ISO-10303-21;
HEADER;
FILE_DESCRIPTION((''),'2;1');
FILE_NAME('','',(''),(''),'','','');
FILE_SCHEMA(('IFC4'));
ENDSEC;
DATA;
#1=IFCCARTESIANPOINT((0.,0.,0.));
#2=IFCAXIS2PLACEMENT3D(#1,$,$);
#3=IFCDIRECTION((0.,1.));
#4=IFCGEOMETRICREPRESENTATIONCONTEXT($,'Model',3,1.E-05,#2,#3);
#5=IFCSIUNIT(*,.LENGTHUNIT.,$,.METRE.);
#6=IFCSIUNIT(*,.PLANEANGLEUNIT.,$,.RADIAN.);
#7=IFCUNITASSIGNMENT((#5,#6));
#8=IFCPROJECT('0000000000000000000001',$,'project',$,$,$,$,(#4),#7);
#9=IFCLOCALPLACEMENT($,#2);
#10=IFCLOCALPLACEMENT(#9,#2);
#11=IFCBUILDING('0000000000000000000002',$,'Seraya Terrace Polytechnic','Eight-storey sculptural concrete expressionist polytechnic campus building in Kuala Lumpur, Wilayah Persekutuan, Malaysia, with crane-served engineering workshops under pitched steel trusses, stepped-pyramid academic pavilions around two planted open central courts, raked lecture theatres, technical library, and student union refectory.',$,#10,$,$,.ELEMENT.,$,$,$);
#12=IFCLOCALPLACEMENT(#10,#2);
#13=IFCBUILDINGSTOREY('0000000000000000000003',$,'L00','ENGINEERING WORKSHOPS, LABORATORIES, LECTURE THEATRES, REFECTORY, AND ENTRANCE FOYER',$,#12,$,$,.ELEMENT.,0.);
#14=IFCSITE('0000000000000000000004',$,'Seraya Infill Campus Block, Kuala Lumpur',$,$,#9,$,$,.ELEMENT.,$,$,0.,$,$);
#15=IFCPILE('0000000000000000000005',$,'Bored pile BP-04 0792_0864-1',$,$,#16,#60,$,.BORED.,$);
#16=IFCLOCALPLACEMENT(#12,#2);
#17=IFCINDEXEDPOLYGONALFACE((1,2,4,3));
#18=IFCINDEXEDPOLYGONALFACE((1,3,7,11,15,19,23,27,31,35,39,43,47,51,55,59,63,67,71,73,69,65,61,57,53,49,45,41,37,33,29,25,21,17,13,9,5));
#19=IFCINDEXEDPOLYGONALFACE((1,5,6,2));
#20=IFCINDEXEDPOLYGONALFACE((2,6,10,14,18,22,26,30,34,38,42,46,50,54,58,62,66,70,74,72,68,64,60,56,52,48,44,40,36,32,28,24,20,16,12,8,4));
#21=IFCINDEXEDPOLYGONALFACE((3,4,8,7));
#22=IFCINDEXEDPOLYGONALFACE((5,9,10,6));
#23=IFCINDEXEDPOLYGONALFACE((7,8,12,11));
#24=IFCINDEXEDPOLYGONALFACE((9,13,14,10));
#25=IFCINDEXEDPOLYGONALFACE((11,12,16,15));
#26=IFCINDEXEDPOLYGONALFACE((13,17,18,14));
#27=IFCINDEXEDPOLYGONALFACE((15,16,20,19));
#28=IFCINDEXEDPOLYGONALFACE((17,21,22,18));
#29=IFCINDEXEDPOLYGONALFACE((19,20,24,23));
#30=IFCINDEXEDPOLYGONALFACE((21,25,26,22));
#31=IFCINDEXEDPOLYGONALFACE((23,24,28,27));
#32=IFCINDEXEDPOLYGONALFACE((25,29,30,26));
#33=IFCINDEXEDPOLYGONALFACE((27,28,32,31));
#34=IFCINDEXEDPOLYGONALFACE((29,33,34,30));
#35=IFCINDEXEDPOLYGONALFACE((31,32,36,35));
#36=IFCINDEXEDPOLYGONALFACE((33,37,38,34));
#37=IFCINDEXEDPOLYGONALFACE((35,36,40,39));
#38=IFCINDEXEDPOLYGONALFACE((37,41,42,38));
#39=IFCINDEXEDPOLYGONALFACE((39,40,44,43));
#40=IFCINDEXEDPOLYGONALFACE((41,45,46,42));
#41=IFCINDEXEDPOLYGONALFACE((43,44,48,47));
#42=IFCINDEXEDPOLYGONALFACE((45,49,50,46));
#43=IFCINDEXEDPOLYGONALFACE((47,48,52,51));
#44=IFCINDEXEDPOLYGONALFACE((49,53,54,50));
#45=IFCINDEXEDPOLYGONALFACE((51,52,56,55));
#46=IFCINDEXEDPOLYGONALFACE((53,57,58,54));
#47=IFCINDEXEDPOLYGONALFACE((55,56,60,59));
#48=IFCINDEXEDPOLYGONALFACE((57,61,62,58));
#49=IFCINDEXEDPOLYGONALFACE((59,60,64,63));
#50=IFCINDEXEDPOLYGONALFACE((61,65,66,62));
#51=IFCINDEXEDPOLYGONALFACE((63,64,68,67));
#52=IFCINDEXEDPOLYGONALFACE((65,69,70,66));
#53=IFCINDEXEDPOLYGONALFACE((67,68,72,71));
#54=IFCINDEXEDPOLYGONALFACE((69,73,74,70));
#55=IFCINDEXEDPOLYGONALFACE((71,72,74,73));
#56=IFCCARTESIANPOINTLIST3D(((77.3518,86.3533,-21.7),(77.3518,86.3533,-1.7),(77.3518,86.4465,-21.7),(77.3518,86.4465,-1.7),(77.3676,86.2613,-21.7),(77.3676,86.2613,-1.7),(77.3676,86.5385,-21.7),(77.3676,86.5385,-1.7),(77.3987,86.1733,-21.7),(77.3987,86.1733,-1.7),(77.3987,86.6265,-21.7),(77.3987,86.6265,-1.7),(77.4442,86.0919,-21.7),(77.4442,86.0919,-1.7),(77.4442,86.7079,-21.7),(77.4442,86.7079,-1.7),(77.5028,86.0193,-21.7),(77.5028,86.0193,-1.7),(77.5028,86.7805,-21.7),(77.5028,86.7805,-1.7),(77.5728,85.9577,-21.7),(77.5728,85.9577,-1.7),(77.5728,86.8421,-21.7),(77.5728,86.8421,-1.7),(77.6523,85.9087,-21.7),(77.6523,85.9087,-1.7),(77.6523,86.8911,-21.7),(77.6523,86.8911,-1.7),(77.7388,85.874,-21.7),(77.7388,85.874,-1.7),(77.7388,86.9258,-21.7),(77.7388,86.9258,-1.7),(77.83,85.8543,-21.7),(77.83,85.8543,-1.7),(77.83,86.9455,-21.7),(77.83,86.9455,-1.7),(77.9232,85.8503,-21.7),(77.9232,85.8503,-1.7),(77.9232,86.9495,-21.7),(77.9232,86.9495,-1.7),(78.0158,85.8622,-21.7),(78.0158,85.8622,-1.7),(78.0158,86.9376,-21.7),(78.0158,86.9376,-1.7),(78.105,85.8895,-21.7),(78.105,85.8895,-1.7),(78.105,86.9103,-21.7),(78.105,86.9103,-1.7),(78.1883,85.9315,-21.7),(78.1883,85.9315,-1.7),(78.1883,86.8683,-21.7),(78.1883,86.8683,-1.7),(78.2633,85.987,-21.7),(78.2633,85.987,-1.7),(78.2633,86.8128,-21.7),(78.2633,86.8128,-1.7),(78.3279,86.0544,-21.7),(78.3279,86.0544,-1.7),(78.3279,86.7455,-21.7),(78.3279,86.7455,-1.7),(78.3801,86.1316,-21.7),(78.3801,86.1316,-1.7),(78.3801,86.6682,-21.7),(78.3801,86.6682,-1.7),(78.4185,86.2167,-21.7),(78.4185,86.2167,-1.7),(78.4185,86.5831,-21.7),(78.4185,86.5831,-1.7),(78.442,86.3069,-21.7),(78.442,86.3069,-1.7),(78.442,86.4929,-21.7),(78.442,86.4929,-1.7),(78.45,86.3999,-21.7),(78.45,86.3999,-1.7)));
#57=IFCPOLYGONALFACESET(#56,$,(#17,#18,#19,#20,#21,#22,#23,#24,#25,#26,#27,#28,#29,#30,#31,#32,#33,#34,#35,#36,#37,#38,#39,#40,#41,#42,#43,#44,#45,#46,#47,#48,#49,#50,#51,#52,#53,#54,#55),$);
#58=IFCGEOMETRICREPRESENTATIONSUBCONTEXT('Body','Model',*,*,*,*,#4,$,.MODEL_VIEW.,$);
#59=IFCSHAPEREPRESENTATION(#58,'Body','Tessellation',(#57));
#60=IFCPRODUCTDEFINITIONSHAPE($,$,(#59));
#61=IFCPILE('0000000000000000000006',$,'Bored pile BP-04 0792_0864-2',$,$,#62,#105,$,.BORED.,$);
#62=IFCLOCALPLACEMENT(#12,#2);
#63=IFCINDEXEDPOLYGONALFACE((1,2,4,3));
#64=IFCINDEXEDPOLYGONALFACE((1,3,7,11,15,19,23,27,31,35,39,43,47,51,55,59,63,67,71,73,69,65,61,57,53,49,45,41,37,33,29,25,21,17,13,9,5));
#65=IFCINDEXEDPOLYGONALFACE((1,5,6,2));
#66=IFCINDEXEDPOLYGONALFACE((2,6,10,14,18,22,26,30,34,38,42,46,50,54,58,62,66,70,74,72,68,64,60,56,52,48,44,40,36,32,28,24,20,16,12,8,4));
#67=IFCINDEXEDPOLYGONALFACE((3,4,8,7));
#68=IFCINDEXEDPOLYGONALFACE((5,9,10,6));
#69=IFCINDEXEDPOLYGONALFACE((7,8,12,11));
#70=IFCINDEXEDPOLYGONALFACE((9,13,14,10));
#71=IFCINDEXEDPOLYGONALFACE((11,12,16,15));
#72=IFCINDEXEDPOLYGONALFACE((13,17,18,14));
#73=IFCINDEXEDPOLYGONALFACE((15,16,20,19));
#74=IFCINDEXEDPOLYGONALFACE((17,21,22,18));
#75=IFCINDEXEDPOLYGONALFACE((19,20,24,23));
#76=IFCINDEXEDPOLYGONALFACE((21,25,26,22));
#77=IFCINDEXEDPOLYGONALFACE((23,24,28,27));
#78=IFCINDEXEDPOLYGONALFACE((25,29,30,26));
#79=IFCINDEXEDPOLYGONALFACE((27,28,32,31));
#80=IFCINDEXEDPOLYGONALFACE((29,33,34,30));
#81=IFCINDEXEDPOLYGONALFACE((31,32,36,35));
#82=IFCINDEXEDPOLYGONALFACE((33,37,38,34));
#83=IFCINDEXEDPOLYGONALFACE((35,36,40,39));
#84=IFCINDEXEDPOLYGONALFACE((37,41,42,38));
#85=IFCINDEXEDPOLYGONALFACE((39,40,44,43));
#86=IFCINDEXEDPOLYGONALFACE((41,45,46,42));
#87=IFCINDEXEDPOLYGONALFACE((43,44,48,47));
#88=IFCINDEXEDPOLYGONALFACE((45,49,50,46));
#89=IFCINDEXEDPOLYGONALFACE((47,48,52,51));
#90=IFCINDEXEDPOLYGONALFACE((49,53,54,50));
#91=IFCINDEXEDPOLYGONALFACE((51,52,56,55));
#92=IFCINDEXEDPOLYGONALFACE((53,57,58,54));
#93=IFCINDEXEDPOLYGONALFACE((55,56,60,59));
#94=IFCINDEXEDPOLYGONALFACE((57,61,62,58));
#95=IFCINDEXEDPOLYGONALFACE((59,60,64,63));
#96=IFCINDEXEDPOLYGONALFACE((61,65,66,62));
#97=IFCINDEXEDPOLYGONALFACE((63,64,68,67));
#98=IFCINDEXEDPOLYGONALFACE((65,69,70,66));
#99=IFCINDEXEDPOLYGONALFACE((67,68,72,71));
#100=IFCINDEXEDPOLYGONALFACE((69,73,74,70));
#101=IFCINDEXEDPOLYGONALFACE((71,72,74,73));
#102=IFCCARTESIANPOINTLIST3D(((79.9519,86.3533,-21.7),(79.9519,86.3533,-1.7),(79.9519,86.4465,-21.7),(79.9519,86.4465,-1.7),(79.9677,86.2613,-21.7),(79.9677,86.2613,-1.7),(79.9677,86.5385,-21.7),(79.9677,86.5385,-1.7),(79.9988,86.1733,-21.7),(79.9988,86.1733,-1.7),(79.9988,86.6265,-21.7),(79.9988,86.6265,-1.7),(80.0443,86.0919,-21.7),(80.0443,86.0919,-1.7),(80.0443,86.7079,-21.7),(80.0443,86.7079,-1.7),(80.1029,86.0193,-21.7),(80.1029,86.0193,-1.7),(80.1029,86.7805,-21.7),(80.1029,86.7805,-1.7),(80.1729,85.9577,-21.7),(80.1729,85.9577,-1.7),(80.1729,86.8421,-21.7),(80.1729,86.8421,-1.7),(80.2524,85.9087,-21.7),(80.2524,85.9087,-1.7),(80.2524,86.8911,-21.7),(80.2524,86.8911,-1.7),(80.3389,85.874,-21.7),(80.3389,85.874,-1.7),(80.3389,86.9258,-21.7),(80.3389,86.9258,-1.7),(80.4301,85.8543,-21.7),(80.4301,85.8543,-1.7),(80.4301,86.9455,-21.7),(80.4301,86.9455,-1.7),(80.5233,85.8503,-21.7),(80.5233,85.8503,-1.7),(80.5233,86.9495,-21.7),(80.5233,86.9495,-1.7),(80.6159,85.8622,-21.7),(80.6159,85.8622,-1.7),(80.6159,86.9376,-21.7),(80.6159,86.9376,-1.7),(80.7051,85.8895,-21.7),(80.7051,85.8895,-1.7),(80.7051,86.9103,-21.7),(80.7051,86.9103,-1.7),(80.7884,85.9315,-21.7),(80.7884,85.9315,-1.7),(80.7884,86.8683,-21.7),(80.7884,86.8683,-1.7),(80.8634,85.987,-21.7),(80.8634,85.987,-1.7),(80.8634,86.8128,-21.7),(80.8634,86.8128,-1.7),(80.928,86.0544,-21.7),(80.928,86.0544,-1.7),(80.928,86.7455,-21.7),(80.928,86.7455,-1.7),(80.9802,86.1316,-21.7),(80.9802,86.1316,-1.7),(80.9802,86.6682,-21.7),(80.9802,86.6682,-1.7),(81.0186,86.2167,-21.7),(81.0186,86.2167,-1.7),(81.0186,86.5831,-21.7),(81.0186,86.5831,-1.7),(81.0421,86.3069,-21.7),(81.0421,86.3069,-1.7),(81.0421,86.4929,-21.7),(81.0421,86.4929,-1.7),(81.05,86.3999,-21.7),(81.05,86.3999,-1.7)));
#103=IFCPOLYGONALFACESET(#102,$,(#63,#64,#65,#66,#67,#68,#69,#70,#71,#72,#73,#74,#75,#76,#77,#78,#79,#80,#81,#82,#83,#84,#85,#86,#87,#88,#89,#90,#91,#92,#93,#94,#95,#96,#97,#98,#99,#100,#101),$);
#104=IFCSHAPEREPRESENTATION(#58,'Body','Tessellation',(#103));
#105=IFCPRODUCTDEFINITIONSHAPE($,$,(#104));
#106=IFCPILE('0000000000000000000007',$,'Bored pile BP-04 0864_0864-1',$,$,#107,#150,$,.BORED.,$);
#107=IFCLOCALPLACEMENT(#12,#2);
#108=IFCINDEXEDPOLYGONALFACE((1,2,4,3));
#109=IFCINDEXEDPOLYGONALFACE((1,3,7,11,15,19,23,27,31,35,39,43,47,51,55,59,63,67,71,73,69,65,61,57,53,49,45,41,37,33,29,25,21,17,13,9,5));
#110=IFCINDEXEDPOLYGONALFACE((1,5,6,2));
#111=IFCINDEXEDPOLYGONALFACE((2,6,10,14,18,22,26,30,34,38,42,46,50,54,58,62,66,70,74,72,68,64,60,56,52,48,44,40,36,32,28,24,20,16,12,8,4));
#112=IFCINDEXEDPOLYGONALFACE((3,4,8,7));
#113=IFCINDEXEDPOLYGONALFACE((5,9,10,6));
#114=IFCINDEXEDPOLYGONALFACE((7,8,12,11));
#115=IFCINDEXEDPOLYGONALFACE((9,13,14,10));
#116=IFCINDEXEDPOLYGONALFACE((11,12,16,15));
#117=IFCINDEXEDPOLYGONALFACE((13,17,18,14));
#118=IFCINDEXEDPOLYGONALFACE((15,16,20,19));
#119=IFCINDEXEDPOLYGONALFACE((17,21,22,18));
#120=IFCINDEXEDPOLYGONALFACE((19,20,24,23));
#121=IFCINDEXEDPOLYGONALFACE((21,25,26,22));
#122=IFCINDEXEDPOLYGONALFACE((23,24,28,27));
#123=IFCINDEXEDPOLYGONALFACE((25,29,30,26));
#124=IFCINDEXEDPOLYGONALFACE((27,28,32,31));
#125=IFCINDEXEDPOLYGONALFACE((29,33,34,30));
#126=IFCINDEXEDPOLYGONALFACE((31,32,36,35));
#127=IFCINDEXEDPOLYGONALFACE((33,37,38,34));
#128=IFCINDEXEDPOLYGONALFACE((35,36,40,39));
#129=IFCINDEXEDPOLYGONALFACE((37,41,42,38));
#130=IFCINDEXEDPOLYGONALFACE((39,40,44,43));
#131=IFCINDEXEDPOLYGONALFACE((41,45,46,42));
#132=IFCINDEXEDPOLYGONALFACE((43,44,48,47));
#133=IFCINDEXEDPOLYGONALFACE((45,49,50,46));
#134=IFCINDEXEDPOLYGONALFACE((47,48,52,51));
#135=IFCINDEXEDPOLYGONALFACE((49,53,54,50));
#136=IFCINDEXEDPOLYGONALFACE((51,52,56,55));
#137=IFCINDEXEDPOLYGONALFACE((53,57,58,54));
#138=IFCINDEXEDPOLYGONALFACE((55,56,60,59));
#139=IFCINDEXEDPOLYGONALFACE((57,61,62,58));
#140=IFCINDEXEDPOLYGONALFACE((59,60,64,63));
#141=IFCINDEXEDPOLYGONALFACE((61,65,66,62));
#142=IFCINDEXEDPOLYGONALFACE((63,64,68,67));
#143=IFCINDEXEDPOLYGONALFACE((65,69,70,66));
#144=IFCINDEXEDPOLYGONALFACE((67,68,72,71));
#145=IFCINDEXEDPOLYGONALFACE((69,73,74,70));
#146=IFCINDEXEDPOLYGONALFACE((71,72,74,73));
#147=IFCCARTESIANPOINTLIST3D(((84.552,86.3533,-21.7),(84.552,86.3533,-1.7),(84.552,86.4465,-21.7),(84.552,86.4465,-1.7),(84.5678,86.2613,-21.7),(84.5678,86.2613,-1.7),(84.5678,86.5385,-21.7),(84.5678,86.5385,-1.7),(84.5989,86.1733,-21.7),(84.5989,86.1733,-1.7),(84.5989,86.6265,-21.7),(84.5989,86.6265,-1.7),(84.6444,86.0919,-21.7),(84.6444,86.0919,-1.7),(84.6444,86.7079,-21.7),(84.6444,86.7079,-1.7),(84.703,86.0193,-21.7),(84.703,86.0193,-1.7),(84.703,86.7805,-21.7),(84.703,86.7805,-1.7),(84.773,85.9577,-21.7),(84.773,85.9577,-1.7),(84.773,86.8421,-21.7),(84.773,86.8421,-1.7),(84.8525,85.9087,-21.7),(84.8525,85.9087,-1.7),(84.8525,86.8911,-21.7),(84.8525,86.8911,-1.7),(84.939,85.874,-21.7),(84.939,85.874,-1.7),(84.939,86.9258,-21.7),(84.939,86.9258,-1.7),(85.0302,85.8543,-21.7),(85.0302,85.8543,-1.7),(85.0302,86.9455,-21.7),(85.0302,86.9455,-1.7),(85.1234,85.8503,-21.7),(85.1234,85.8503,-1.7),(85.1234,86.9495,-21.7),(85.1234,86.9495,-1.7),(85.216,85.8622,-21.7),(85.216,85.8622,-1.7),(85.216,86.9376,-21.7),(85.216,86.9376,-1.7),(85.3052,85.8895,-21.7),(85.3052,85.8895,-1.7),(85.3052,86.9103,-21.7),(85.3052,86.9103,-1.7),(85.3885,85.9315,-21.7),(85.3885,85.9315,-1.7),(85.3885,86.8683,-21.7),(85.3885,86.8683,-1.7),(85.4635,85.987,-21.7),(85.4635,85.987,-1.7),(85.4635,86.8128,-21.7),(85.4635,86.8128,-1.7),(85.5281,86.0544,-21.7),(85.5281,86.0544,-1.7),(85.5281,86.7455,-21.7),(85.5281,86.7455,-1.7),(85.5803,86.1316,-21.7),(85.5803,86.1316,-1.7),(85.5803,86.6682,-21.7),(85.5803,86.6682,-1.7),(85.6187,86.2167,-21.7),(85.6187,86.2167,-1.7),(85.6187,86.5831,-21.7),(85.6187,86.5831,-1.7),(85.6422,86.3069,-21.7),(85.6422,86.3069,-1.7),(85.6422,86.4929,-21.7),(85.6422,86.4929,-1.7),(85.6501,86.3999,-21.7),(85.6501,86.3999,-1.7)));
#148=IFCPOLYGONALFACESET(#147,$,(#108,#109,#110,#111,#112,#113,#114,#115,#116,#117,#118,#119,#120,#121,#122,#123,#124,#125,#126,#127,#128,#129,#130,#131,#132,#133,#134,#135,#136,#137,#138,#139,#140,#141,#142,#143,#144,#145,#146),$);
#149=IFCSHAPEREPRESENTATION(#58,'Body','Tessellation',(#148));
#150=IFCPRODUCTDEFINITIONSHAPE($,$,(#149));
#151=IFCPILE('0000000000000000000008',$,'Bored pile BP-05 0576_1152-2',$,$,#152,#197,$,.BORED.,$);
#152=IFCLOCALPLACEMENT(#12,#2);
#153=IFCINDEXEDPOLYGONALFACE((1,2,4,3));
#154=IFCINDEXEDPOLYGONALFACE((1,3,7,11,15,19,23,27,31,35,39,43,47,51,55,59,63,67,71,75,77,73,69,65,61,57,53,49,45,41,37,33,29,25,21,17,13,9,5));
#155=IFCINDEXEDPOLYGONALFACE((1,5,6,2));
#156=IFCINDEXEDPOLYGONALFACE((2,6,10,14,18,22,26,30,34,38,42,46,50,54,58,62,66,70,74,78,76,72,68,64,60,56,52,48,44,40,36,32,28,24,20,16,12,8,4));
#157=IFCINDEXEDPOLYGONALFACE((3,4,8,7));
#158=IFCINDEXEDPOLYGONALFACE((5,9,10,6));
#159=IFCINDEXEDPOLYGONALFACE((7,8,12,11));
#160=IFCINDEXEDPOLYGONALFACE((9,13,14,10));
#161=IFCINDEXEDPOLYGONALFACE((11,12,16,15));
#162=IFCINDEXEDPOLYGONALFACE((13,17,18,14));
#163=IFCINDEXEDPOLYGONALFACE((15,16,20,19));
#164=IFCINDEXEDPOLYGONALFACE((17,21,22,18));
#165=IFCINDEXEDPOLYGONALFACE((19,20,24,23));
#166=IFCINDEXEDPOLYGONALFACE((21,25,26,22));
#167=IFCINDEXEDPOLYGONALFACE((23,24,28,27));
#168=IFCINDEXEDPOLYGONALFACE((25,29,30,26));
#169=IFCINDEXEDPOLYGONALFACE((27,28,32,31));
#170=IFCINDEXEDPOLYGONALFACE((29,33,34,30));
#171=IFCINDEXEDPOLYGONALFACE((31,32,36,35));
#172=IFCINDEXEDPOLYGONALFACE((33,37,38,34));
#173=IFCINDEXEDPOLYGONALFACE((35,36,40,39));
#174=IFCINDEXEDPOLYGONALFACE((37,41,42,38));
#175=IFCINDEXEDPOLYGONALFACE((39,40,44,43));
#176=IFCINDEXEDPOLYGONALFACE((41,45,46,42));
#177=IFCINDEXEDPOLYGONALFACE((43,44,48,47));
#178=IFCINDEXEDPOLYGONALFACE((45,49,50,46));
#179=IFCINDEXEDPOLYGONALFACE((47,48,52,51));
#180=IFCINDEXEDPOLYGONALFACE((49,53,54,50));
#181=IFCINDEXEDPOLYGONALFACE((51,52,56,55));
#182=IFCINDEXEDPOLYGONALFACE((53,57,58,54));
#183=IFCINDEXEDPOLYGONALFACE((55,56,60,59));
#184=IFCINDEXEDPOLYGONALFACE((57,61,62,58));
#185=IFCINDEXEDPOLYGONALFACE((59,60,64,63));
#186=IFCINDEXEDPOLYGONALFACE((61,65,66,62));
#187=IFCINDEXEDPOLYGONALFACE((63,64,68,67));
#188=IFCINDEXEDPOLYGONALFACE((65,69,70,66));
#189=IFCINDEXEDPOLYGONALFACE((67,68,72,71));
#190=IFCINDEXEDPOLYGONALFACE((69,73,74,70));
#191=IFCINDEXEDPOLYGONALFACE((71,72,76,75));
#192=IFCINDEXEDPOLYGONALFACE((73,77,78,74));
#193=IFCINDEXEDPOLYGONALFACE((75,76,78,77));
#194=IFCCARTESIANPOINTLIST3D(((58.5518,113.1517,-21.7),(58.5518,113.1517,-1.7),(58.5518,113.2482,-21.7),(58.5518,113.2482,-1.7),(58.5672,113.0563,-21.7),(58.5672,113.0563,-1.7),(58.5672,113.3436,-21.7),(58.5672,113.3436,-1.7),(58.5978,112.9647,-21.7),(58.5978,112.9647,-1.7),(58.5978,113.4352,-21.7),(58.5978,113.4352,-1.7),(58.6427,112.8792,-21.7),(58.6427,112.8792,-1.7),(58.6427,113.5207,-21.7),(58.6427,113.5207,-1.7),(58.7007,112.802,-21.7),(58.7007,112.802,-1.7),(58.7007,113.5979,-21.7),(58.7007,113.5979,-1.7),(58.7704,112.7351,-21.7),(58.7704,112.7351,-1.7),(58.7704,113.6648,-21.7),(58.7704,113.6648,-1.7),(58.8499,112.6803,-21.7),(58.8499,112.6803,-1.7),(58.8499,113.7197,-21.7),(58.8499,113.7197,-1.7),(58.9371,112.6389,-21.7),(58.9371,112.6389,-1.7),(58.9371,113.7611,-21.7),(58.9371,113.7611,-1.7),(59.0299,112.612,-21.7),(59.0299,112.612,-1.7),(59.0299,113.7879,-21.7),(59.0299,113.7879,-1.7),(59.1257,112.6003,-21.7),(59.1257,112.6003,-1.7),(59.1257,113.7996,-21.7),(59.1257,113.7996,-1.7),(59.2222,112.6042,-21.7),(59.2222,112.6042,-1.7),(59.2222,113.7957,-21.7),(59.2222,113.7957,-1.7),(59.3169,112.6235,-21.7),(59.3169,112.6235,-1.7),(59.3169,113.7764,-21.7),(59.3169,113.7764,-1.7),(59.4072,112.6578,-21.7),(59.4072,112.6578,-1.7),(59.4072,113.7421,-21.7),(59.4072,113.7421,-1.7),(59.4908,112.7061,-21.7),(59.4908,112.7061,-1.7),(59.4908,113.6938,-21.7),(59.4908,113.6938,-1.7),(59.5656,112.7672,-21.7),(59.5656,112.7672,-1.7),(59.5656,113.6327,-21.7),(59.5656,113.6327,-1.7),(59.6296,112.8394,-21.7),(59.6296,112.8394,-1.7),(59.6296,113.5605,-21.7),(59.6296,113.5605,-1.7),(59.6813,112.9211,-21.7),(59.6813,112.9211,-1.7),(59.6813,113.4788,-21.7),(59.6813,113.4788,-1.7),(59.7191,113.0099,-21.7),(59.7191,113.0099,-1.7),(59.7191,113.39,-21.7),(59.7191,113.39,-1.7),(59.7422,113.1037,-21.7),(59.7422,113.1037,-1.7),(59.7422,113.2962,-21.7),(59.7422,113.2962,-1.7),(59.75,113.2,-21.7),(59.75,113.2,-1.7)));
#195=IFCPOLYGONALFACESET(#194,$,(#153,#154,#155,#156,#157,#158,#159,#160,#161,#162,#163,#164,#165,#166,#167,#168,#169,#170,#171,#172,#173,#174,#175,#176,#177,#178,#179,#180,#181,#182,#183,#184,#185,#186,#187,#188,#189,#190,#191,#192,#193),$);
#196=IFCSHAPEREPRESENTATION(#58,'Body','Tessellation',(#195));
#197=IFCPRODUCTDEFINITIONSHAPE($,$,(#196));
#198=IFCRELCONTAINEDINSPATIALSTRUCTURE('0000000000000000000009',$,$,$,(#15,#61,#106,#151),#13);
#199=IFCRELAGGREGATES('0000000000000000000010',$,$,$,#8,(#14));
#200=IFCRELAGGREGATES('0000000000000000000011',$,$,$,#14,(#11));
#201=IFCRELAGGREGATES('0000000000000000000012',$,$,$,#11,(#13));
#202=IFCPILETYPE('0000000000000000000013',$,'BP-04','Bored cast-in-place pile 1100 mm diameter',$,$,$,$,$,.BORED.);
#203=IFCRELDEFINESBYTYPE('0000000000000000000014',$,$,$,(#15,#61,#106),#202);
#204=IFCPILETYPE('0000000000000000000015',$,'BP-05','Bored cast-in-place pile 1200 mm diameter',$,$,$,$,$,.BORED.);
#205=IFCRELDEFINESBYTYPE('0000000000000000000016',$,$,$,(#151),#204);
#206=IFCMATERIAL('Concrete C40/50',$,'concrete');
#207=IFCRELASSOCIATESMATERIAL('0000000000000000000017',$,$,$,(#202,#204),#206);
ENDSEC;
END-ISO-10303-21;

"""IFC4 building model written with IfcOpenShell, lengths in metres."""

from ifc_helpers import new_model, si_unit, direction, frame, origin, origin_2d, place, context, subcontext, project, spatial, circle, extrude, material, material_profile, profile_set, type_object, element, save


model = new_model("IFC4")

# Units and contexts
model_context = context("Model", 3, precision=1e-05, world=origin(), true_north=direction((0.0, 1.0)))
body_context = subcontext(model_context, "Body", "Model", "MODEL_VIEW")
ifc_project = project(units=[si_unit("LENGTHUNIT", "METRE"), si_unit("PLANEANGLEUNIT", "RADIAN")], contexts=[model_context])

# Site, building, storey
site_placement = place(None, origin())
site = spatial("IfcSite", under=ifc_project, at=site_placement, Name="Seraya Infill Campus Block, Kuala Lumpur", CompositionType="ELEMENT", RefElevation=0.0)
building_placement = place(site_placement, origin())
building = spatial("IfcBuilding", under=site, at=building_placement, Name="Seraya Terrace Polytechnic", Description="Eight-storey sculptural concrete expressionist polytechnic campus building in Kuala Lumpur, Wilayah Persekutuan, Malaysia, with crane-served engineering workshops under pitched steel trusses, stepped-pyramid academic pavilions around two planted open central courts, raked lecture theatres, technical library, and student union refectory.", CompositionType="ELEMENT")
storey_placement = place(building_placement, origin())
storey = spatial("IfcBuildingStorey", under=building, at=storey_placement, Name="L00", Description="ENGINEERING WORKSHOPS, LABORATORIES, LECTURE THEATRES, REFECTORY, AND ENTRANCE FOYER", CompositionType="ELEMENT", Elevation=0.0)

# Piles
ifc_material = material(Name="Concrete C40/50", Category="concrete")
ifc_material_profile_1 = material_profile(ifc_material, circle(Radius=0.55, at=origin_2d()), Name="DIA 1100")
ifc_profile_set_1 = profile_set([ifc_material_profile_1], Name="Concrete C40/50")
pile_type_1 = type_object("IfcPileType", Name="BP-04", Description="Bored cast-in-place pile 1100 mm diameter", PredefinedType="BORED", material=ifc_profile_set_1)
for number, where, z_axis, x_axis, name in (
    (1, (77.8999, 86.3999, -1.7), (0.0, 0.0, -1.0), (1.0, 0.0, 0.0), "Bored pile BP-04 0792_0864-1"),
    (2, (80.5, 86.3999, -1.7), (0.0, 0.0, -1.0), (1.0, 0.0, 0.0), "Bored pile BP-04 0792_0864-2"),
    (3, (85.1001, 86.3999, -1.7), (0.0, 0.0, -1.0), (1.0, 0.0, 0.0), "Bored pile BP-04 0864_0864-1"),
):
    element("IfcPile", number, at=place(storey_placement, frame(where, z_axis=z_axis, x_axis=x_axis)), inside=storey, type_object=pile_type_1, Name=name, PredefinedType="BORED", context=body_context, shape_type="SweptSolid", body=[
        extrude(circle(Radius=0.55, at=origin_2d()), origin(), (0.0, 0.0, 1.0), 20.0),
    ])
ifc_material_profile_2 = material_profile(ifc_material, circle(Radius=0.6001, at=origin_2d()), Name="DIA 1200")
ifc_profile_set_2 = profile_set([ifc_material_profile_2], Name="Concrete C40/50")
pile_type_2 = type_object("IfcPileType", Name="BP-05", Description="Bored cast-in-place pile 1200 mm diameter", PredefinedType="BORED", material=ifc_profile_set_2)
for number, where, z_axis, x_axis, name in (
    (4, (59.1499, 113.2, -1.7), (0.0, 0.0, -1.0), (1.0, 0.0, 0.0), "Bored pile BP-05 0576_1152-2"),
):
    element("IfcPile", number, at=place(storey_placement, frame(where, z_axis=z_axis, x_axis=x_axis)), inside=storey, type_object=pile_type_2, Name=name, PredefinedType="BORED", context=body_context, shape_type="SweptSolid", body=[
        extrude(circle(Radius=0.6001, at=origin_2d()), origin(), (0.0, 0.0, 1.0), 20.0),
    ])

save(model, "model.ifc")
